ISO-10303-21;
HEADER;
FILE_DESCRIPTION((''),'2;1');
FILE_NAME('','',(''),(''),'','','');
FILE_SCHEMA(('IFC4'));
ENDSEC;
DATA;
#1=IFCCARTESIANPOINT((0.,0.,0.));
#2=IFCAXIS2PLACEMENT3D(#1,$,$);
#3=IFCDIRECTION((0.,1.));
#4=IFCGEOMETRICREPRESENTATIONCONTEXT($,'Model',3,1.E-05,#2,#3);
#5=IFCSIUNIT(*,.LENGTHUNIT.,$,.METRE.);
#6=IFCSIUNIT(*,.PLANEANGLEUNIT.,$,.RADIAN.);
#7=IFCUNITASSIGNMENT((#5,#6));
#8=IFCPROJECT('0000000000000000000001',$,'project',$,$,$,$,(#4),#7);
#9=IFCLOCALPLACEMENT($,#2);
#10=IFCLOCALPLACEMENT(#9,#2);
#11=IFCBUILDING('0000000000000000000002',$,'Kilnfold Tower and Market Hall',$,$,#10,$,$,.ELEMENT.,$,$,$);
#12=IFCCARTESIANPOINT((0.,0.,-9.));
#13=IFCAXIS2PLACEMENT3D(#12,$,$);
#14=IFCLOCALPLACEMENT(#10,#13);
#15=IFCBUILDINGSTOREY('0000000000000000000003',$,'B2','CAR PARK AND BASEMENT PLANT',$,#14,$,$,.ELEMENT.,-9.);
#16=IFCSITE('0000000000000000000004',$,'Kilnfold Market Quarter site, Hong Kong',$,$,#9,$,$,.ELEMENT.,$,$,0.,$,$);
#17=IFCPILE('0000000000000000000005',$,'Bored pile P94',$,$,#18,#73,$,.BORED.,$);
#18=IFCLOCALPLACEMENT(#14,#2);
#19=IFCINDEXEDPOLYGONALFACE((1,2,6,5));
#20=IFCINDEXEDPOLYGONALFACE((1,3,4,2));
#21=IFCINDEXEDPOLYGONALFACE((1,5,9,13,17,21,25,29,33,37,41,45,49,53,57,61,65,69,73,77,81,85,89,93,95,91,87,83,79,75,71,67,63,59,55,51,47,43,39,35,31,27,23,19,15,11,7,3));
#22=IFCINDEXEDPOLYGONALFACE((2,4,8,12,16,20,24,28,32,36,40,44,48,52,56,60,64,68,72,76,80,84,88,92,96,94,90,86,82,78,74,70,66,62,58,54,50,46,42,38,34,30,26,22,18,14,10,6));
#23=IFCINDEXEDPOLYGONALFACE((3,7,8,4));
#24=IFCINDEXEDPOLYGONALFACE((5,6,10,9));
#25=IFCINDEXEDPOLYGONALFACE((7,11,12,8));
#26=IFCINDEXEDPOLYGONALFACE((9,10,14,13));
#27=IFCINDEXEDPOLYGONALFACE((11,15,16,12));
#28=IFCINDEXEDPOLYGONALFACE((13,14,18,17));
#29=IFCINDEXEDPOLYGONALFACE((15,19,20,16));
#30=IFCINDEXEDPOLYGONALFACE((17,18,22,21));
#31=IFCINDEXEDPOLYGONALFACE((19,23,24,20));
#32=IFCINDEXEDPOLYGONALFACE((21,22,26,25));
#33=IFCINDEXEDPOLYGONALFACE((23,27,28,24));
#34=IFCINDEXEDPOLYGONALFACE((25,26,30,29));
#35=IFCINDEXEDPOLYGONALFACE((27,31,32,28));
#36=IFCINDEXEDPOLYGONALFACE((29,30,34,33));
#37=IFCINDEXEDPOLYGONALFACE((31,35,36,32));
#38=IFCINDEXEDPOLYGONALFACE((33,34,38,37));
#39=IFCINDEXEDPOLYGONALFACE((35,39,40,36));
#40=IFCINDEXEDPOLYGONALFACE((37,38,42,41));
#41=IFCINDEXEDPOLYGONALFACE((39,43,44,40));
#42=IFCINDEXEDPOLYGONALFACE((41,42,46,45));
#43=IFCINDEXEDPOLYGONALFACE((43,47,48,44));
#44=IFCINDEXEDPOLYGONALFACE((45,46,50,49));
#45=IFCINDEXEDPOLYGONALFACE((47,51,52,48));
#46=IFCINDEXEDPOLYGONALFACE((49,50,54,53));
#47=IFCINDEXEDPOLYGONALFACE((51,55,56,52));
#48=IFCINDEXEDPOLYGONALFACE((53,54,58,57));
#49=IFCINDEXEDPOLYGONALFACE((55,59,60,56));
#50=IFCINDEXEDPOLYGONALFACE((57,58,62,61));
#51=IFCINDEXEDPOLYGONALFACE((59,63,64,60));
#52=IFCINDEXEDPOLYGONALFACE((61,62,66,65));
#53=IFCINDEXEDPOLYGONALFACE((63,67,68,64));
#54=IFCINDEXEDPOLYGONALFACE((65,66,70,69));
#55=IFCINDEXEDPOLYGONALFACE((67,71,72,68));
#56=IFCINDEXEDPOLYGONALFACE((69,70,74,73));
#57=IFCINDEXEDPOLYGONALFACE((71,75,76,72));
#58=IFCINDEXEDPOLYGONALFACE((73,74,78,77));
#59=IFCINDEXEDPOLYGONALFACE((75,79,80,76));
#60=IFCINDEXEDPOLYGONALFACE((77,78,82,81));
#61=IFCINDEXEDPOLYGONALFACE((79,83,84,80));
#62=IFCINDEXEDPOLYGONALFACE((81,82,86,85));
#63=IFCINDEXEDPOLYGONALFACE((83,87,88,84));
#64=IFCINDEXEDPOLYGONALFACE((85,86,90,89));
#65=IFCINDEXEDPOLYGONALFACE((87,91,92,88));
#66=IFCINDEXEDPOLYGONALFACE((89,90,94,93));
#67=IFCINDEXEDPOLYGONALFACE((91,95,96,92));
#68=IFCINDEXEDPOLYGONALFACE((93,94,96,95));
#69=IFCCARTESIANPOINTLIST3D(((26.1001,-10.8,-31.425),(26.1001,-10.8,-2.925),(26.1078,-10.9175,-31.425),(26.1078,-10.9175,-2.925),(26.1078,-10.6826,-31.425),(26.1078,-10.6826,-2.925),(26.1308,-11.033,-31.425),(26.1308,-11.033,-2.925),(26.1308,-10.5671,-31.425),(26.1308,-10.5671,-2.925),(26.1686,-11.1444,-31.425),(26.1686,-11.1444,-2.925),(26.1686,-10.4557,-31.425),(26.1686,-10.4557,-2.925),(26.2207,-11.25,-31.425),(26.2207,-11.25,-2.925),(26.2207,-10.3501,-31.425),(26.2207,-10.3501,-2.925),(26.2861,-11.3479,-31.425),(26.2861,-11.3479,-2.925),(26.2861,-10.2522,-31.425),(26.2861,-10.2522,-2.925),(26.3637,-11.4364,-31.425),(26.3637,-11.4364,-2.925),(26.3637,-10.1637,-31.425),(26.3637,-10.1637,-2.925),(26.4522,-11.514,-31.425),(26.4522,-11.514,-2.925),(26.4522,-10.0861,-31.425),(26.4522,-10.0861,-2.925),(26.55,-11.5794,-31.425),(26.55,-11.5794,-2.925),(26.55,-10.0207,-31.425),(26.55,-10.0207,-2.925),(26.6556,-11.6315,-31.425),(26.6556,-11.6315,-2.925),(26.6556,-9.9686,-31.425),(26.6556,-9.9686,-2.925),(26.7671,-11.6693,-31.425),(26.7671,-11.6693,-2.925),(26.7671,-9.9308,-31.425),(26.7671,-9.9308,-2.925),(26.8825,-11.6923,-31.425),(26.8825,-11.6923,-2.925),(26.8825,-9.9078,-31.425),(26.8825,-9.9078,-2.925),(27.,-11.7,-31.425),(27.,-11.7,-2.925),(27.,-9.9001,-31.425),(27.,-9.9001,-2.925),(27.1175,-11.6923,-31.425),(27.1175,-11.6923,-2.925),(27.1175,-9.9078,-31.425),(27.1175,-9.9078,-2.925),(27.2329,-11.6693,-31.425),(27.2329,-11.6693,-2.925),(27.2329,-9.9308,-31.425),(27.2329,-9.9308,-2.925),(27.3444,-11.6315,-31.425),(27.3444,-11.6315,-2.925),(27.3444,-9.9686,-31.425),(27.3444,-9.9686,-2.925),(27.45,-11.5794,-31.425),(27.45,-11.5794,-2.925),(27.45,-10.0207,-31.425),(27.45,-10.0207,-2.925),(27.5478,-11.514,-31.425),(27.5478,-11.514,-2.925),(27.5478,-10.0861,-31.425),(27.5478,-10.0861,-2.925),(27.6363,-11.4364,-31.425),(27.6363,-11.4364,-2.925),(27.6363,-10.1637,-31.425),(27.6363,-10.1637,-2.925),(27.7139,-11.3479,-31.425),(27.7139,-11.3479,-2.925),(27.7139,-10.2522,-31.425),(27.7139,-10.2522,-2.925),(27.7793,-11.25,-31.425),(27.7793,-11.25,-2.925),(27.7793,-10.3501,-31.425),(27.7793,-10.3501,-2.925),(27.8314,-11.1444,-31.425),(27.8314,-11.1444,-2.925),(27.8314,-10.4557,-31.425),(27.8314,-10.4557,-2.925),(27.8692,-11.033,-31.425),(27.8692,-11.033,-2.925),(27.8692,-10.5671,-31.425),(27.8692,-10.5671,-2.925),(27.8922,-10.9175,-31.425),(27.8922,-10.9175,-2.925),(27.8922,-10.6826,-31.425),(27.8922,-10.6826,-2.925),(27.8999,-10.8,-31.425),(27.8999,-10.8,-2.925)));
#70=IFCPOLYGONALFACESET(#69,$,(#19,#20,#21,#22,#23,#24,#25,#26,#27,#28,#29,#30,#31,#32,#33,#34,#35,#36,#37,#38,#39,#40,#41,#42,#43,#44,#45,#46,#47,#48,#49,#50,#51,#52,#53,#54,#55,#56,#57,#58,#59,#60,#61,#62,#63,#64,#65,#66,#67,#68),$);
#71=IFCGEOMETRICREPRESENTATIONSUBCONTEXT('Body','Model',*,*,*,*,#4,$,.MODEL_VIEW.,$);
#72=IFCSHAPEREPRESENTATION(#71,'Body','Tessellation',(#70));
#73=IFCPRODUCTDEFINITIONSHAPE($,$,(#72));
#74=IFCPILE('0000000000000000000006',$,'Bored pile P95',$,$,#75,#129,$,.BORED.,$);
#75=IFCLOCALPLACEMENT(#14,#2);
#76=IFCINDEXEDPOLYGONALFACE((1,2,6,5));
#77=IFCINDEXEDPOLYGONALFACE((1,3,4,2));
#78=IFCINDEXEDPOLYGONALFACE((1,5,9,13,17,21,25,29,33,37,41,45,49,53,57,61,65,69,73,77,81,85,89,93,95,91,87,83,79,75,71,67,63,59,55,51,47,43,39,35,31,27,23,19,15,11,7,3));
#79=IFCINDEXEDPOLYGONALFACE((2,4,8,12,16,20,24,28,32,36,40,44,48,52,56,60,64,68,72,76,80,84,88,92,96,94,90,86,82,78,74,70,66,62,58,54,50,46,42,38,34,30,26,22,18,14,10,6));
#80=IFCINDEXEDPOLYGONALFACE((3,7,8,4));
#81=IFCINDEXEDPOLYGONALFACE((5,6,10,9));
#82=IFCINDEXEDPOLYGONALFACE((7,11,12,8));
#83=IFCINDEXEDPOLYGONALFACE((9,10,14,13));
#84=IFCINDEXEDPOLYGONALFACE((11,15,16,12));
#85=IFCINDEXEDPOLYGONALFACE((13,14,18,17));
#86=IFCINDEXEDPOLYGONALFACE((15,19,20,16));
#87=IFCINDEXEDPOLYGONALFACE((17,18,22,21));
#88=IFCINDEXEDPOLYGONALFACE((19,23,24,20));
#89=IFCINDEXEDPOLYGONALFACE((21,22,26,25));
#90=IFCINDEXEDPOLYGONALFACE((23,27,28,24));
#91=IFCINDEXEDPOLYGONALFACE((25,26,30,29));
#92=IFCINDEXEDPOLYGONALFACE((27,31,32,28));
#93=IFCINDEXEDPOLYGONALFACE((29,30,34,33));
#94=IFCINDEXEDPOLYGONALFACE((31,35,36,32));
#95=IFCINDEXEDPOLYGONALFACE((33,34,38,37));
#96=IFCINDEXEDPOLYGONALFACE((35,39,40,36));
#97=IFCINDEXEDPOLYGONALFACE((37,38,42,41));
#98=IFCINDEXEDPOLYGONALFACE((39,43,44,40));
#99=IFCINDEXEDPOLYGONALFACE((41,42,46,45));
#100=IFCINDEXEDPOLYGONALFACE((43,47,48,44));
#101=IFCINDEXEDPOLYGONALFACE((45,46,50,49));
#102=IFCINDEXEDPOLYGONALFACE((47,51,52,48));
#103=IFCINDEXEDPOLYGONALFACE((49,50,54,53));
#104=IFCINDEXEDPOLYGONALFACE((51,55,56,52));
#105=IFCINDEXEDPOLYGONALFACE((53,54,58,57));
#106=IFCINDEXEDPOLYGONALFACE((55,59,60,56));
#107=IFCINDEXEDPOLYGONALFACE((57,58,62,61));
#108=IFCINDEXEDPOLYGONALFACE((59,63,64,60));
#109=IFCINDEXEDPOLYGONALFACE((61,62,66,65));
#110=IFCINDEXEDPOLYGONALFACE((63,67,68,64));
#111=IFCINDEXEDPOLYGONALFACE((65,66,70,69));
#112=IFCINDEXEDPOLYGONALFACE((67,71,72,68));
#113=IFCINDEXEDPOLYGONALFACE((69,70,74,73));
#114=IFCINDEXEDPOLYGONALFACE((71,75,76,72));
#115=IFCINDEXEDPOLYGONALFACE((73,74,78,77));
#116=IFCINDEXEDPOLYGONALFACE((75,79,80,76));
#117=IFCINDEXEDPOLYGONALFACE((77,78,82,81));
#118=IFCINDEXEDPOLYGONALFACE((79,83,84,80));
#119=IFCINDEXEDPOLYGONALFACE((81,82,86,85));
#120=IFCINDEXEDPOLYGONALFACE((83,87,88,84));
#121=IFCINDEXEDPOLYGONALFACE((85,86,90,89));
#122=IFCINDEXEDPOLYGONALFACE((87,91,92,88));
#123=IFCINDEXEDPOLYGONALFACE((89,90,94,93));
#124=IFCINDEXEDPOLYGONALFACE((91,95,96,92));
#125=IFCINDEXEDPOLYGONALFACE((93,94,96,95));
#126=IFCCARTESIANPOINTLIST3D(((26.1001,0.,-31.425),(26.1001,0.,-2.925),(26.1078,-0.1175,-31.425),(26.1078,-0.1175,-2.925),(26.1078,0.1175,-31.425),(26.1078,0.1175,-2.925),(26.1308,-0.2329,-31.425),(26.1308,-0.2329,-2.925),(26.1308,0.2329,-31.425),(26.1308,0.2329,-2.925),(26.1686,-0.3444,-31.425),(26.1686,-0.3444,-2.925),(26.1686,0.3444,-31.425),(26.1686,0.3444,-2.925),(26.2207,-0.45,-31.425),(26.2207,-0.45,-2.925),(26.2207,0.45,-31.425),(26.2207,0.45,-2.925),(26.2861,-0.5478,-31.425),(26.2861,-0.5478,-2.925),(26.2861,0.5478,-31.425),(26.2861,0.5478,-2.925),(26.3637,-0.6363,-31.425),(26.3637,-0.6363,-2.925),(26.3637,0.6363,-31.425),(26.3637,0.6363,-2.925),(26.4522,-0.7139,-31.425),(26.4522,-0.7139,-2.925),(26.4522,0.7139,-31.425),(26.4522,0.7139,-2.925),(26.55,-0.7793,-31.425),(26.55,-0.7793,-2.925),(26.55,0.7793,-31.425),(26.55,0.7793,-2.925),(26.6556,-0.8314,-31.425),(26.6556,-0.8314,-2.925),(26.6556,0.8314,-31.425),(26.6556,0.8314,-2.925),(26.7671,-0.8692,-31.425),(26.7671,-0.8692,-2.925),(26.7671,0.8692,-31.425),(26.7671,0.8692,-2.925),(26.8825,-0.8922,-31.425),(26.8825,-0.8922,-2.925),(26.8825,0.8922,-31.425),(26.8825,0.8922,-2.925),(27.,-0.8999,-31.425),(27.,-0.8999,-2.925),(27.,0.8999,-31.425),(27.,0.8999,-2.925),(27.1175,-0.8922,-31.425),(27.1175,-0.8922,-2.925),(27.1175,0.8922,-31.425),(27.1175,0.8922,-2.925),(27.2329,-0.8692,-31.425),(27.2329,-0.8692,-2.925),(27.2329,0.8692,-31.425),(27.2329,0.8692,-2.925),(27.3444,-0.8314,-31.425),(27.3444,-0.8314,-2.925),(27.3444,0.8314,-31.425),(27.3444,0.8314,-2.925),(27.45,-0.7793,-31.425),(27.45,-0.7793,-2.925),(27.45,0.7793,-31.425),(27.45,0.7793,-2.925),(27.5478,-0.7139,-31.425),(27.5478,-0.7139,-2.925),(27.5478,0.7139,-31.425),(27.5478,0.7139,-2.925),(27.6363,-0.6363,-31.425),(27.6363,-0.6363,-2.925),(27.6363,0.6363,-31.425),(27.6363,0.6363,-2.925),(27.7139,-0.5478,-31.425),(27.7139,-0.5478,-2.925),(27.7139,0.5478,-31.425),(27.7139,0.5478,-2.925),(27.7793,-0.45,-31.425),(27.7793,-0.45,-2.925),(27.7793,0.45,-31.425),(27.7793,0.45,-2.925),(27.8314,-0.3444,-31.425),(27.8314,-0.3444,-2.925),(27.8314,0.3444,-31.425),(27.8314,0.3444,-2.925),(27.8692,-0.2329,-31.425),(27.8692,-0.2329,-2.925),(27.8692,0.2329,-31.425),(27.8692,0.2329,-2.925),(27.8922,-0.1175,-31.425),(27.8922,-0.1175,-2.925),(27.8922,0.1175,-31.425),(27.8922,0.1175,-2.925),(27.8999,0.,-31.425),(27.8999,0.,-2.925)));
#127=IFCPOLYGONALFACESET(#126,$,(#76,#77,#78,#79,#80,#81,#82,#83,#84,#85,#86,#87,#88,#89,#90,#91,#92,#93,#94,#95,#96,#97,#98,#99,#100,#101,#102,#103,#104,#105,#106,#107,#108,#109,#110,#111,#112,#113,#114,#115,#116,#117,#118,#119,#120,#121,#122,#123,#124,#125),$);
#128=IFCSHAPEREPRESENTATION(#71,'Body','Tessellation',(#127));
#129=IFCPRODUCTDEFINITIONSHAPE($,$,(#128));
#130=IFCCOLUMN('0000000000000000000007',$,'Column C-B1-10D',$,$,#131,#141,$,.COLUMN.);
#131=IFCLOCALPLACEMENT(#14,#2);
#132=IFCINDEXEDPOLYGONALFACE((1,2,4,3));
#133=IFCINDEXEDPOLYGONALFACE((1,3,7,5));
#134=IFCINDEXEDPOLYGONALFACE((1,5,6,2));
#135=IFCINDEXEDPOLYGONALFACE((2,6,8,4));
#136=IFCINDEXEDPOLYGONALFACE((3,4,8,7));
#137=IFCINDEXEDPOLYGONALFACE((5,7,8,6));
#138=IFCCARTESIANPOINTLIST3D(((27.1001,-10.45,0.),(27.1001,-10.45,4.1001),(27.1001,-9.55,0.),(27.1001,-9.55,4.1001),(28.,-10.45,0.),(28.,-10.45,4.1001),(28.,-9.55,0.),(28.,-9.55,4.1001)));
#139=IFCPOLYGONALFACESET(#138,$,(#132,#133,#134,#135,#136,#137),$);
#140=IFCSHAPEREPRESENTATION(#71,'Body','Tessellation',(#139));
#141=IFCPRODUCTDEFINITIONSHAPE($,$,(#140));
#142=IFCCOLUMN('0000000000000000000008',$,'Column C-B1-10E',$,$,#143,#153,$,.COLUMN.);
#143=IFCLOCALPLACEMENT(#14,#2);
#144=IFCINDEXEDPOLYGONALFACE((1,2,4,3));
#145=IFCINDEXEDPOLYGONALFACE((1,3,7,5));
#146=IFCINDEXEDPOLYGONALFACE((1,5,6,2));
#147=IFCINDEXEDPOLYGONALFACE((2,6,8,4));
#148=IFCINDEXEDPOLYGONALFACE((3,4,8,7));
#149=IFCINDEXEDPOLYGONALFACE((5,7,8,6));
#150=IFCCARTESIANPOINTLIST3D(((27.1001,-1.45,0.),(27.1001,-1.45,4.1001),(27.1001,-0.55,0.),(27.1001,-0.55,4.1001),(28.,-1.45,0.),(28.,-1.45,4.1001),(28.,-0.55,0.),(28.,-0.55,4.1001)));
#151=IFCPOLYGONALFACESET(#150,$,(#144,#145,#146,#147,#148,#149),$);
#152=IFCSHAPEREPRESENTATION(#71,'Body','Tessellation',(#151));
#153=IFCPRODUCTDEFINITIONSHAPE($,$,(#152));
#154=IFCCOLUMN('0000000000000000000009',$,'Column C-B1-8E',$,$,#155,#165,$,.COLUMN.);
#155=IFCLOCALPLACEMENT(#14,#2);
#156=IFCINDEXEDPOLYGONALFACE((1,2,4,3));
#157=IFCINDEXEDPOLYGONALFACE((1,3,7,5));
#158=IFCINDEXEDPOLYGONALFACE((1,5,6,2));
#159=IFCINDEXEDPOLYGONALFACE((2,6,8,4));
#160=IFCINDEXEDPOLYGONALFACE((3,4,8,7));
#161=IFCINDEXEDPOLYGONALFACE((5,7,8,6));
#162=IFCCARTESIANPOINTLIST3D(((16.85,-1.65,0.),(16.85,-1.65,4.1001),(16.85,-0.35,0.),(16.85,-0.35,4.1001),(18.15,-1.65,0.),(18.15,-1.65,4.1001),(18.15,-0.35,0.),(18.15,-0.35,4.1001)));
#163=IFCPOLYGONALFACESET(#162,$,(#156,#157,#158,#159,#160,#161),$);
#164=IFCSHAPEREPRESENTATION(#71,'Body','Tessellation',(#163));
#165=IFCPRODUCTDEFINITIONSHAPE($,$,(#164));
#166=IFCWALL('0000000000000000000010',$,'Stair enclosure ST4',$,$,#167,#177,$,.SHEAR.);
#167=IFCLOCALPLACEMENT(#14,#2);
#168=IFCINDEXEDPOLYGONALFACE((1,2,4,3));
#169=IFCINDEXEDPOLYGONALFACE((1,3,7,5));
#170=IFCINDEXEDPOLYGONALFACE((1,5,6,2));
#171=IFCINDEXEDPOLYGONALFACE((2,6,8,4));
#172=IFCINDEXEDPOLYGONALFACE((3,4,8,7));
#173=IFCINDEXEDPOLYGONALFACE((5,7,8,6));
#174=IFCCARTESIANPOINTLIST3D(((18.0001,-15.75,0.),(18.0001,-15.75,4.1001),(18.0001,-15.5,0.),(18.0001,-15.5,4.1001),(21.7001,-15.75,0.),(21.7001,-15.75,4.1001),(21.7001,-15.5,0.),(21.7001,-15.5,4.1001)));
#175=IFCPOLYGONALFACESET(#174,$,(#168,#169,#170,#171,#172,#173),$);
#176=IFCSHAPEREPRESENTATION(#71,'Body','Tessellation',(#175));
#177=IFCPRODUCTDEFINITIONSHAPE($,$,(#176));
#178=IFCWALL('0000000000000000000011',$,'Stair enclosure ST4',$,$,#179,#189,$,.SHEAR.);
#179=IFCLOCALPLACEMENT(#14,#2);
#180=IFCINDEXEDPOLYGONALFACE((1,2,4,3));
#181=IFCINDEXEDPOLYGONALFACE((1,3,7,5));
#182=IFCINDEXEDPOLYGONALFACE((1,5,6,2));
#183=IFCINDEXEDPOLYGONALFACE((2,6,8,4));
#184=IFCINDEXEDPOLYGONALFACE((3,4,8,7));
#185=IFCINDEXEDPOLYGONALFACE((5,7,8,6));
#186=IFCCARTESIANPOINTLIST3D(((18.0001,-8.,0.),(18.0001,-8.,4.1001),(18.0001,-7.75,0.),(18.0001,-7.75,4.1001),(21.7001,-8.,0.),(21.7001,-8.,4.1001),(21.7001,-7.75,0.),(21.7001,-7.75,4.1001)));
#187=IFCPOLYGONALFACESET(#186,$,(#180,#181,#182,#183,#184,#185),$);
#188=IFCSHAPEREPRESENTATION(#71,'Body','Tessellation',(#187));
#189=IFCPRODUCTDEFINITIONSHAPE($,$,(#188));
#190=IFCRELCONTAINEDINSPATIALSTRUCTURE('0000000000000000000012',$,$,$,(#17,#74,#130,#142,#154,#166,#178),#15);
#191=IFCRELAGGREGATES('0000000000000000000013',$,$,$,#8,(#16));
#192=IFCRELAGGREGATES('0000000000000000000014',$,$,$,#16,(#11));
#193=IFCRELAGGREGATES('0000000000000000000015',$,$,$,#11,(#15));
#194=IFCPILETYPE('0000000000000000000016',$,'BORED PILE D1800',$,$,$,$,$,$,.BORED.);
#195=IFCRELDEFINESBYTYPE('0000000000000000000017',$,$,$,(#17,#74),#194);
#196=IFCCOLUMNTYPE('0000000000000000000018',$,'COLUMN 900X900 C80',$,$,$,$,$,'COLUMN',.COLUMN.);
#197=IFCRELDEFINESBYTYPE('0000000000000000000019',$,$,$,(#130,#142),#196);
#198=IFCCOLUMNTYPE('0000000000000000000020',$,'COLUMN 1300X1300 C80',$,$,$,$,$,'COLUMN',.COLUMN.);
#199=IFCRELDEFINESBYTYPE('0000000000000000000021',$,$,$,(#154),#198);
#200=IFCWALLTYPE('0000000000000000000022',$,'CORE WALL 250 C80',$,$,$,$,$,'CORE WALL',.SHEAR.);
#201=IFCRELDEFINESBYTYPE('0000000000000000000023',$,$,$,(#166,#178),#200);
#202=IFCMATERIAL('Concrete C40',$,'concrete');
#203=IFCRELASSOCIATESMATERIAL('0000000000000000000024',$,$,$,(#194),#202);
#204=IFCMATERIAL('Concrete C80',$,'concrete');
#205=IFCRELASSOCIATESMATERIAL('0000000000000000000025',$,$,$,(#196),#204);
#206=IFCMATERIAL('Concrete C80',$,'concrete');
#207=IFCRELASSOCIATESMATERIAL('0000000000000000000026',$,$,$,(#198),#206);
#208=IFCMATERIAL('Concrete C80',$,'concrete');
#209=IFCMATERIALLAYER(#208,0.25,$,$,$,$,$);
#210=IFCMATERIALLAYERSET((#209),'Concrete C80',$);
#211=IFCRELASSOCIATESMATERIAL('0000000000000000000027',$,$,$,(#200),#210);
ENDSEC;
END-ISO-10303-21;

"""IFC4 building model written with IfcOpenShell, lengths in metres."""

from ifc_helpers import new_model, si_unit, direction, frame, frame_2d, origin, origin_2d, place, context, subcontext, project, spatial, rectangle, circle, extrude, source, transform, mapped, material, layer, layer_set, material_profile, profile_set, type_object, element, save


model = new_model("IFC4")

# Units and contexts
model_context = context("Model", 3, precision=1e-05, world=origin(), true_north=direction((0.0, 1.0)))
body_context = subcontext(model_context, "Body", "Model", "MODEL_VIEW")
ifc_project = project(units=[si_unit("LENGTHUNIT", "METRE"), si_unit("PLANEANGLEUNIT", "RADIAN")], contexts=[model_context])

# Site, building, storey
site_placement = place(None, origin())
site = spatial("IfcSite", under=ifc_project, at=site_placement, Name="Kilnfold Market Quarter site, Hong Kong", CompositionType="ELEMENT", RefElevation=0.0)
building_placement = place(site_placement, origin())
building = spatial("IfcBuilding", under=site, at=building_placement, Name="Kilnfold Tower and Market Hall", CompositionType="ELEMENT")
storey_placement = place(building_placement, frame((0.0, 0.0, -9.0)))
storey = spatial("IfcBuildingStorey", under=building, at=storey_placement, Name="B2", Description="CAR PARK AND BASEMENT PLANT", CompositionType="ELEMENT", Elevation=-9.0)

# Piles
ifc_material_1 = material(Name="Concrete C40", Category="concrete")
ifc_material_profile_1 = material_profile(ifc_material_1, circle(Radius=0.8999, at=origin_2d()), Name="RC D1800")
ifc_profile_set_1 = profile_set([ifc_material_profile_1], Name="Concrete C40")
pile_type = type_object("IfcPileType", Name="BORED PILE D1800", PredefinedType="BORED", material=ifc_profile_set_1)
shared_shape_1 = source(origin(), body_context, "Body", "SweptSolid", [
    extrude(circle(Radius=0.8999, at=origin_2d()), origin(), (0.0, 0.0, 1.0), 28.5),
])
for number, where, z_axis, x_axis, name in (
    (1, (27.0, -10.8, -2.925), (0.0, 0.0, -1.0), (1.0, 0.0, 0.0), "Bored pile P94"),
    (2, (27.0, 0.0, -2.925), (0.0, 0.0, -1.0), (1.0, 0.0, 0.0), "Bored pile P95"),
):
    element("IfcPile", number, at=place(storey_placement, frame(where, z_axis=z_axis, x_axis=x_axis)), inside=storey, type_object=pile_type, Name=name, PredefinedType="BORED", context=body_context, shape_type="MappedRepresentation", body=[
        mapped(shared_shape_1, transform((0.0, 0.0, 0.0))),
    ])

# Columns
ifc_material_2 = material(Name="Concrete C80", Category="concrete")
ifc_material_profile_2 = material_profile(ifc_material_2, rectangle(XDim=0.8999, YDim=0.8999, at=origin_2d()), Name="RC 900x900")
ifc_profile_set_2 = profile_set([ifc_material_profile_2], Name="Concrete C80")
column_type_1 = type_object("IfcColumnType", Name="COLUMN 900X900 C80", ElementType="COLUMN", PredefinedType="COLUMN", material=ifc_profile_set_2)
shared_shape_2 = source(origin(), body_context, "Body", "SweptSolid", [
    extrude(rectangle(XDim=0.8999, YDim=0.8999, at=origin_2d()), origin(), (0.0, 0.0, 1.0), 4.1001),
])
for number, where, z_axis, x_axis, name in (
    (3, (27.55, -10.0, 0.0), (0.0, 0.0, 1.0), (1.0, 0.0, 0.0), "Column C-B1-10D"),
    (4, (27.55, -1.0, 0.0), (0.0, 0.0, 1.0), (1.0, 0.0, 0.0), "Column C-B1-10E"),
):
    element("IfcColumn", number, at=place(storey_placement, frame(where, z_axis=z_axis, x_axis=x_axis)), inside=storey, type_object=column_type_1, Name=name, PredefinedType="COLUMN", context=body_context, shape_type="MappedRepresentation", body=[
        mapped(shared_shape_2, transform((0.0, 0.0, 0.0))),
    ])
ifc_material_3 = material(Name="Concrete C80", Category="concrete")
ifc_material_profile_3 = material_profile(ifc_material_3, rectangle(XDim=1.3, YDim=1.3, at=origin_2d()), Name="RC 1300x1300")
ifc_profile_set_3 = profile_set([ifc_material_profile_3], Name="Concrete C80")
column_type_2 = type_object("IfcColumnType", Name="COLUMN 1300X1300 C80", ElementType="COLUMN", PredefinedType="COLUMN", material=ifc_profile_set_3)
shared_shape_3 = source(origin(), body_context, "Body", "SweptSolid", [
    extrude(rectangle(XDim=1.3, YDim=1.3, at=origin_2d()), origin(), (0.0, 0.0, 1.0), 4.1001),
])
column_placement = place(storey_placement, frame((17.5, -1.0, 0.0), z_axis=(0.0, 0.0, 1.0), x_axis=(1.0, 0.0, 0.0)))
element("IfcColumn", 5, at=column_placement, inside=storey, type_object=column_type_2, Name="Column C-B1-8E", PredefinedType="COLUMN", context=body_context, shape_type="MappedRepresentation", body=[
    mapped(shared_shape_3, transform((0.0, 0.0, 0.0))),
])

# Walls
ifc_material_4 = material(Name="Concrete C80", Category="concrete")
ifc_layer_1 = layer(ifc_material_4, 0.25)
ifc_layer_set_1 = layer_set([ifc_layer_1], Name="Concrete C80")
wall_type_1 = type_object("IfcWallType", Name="CORE WALL 250 C80", ElementType="CORE WALL", PredefinedType="SHEAR", material=ifc_layer_set_1)
shared_shape_4 = source(origin(), body_context, "Body", "SweptSolid", [
    extrude(rectangle(XDim=3.7, YDim=0.25, at=frame_2d((1.8501, 0.0))), origin(), (0.0, 0.0, 1.0), 4.1001),
])
for number, where, z_axis, x_axis, name in (
    (6, (18.0, -15.625, 0.0), (0.0, 0.0, 1.0), (1.0, 0.0, 0.0), "Stair enclosure ST4"),
    (7, (18.0, -7.875, 0.0), (0.0, 0.0, 1.0), (1.0, 0.0, 0.0), "Stair enclosure ST4"),
):
    element("IfcWall", number, at=place(storey_placement, frame(where, z_axis=z_axis, x_axis=x_axis)), inside=storey, type_object=wall_type_1, Name=name, PredefinedType="SHEAR", context=body_context, shape_type="MappedRepresentation", body=[
        mapped(shared_shape_4, transform((0.0, 0.0, 0.0))),
    ])

save(model, "model.ifc")
